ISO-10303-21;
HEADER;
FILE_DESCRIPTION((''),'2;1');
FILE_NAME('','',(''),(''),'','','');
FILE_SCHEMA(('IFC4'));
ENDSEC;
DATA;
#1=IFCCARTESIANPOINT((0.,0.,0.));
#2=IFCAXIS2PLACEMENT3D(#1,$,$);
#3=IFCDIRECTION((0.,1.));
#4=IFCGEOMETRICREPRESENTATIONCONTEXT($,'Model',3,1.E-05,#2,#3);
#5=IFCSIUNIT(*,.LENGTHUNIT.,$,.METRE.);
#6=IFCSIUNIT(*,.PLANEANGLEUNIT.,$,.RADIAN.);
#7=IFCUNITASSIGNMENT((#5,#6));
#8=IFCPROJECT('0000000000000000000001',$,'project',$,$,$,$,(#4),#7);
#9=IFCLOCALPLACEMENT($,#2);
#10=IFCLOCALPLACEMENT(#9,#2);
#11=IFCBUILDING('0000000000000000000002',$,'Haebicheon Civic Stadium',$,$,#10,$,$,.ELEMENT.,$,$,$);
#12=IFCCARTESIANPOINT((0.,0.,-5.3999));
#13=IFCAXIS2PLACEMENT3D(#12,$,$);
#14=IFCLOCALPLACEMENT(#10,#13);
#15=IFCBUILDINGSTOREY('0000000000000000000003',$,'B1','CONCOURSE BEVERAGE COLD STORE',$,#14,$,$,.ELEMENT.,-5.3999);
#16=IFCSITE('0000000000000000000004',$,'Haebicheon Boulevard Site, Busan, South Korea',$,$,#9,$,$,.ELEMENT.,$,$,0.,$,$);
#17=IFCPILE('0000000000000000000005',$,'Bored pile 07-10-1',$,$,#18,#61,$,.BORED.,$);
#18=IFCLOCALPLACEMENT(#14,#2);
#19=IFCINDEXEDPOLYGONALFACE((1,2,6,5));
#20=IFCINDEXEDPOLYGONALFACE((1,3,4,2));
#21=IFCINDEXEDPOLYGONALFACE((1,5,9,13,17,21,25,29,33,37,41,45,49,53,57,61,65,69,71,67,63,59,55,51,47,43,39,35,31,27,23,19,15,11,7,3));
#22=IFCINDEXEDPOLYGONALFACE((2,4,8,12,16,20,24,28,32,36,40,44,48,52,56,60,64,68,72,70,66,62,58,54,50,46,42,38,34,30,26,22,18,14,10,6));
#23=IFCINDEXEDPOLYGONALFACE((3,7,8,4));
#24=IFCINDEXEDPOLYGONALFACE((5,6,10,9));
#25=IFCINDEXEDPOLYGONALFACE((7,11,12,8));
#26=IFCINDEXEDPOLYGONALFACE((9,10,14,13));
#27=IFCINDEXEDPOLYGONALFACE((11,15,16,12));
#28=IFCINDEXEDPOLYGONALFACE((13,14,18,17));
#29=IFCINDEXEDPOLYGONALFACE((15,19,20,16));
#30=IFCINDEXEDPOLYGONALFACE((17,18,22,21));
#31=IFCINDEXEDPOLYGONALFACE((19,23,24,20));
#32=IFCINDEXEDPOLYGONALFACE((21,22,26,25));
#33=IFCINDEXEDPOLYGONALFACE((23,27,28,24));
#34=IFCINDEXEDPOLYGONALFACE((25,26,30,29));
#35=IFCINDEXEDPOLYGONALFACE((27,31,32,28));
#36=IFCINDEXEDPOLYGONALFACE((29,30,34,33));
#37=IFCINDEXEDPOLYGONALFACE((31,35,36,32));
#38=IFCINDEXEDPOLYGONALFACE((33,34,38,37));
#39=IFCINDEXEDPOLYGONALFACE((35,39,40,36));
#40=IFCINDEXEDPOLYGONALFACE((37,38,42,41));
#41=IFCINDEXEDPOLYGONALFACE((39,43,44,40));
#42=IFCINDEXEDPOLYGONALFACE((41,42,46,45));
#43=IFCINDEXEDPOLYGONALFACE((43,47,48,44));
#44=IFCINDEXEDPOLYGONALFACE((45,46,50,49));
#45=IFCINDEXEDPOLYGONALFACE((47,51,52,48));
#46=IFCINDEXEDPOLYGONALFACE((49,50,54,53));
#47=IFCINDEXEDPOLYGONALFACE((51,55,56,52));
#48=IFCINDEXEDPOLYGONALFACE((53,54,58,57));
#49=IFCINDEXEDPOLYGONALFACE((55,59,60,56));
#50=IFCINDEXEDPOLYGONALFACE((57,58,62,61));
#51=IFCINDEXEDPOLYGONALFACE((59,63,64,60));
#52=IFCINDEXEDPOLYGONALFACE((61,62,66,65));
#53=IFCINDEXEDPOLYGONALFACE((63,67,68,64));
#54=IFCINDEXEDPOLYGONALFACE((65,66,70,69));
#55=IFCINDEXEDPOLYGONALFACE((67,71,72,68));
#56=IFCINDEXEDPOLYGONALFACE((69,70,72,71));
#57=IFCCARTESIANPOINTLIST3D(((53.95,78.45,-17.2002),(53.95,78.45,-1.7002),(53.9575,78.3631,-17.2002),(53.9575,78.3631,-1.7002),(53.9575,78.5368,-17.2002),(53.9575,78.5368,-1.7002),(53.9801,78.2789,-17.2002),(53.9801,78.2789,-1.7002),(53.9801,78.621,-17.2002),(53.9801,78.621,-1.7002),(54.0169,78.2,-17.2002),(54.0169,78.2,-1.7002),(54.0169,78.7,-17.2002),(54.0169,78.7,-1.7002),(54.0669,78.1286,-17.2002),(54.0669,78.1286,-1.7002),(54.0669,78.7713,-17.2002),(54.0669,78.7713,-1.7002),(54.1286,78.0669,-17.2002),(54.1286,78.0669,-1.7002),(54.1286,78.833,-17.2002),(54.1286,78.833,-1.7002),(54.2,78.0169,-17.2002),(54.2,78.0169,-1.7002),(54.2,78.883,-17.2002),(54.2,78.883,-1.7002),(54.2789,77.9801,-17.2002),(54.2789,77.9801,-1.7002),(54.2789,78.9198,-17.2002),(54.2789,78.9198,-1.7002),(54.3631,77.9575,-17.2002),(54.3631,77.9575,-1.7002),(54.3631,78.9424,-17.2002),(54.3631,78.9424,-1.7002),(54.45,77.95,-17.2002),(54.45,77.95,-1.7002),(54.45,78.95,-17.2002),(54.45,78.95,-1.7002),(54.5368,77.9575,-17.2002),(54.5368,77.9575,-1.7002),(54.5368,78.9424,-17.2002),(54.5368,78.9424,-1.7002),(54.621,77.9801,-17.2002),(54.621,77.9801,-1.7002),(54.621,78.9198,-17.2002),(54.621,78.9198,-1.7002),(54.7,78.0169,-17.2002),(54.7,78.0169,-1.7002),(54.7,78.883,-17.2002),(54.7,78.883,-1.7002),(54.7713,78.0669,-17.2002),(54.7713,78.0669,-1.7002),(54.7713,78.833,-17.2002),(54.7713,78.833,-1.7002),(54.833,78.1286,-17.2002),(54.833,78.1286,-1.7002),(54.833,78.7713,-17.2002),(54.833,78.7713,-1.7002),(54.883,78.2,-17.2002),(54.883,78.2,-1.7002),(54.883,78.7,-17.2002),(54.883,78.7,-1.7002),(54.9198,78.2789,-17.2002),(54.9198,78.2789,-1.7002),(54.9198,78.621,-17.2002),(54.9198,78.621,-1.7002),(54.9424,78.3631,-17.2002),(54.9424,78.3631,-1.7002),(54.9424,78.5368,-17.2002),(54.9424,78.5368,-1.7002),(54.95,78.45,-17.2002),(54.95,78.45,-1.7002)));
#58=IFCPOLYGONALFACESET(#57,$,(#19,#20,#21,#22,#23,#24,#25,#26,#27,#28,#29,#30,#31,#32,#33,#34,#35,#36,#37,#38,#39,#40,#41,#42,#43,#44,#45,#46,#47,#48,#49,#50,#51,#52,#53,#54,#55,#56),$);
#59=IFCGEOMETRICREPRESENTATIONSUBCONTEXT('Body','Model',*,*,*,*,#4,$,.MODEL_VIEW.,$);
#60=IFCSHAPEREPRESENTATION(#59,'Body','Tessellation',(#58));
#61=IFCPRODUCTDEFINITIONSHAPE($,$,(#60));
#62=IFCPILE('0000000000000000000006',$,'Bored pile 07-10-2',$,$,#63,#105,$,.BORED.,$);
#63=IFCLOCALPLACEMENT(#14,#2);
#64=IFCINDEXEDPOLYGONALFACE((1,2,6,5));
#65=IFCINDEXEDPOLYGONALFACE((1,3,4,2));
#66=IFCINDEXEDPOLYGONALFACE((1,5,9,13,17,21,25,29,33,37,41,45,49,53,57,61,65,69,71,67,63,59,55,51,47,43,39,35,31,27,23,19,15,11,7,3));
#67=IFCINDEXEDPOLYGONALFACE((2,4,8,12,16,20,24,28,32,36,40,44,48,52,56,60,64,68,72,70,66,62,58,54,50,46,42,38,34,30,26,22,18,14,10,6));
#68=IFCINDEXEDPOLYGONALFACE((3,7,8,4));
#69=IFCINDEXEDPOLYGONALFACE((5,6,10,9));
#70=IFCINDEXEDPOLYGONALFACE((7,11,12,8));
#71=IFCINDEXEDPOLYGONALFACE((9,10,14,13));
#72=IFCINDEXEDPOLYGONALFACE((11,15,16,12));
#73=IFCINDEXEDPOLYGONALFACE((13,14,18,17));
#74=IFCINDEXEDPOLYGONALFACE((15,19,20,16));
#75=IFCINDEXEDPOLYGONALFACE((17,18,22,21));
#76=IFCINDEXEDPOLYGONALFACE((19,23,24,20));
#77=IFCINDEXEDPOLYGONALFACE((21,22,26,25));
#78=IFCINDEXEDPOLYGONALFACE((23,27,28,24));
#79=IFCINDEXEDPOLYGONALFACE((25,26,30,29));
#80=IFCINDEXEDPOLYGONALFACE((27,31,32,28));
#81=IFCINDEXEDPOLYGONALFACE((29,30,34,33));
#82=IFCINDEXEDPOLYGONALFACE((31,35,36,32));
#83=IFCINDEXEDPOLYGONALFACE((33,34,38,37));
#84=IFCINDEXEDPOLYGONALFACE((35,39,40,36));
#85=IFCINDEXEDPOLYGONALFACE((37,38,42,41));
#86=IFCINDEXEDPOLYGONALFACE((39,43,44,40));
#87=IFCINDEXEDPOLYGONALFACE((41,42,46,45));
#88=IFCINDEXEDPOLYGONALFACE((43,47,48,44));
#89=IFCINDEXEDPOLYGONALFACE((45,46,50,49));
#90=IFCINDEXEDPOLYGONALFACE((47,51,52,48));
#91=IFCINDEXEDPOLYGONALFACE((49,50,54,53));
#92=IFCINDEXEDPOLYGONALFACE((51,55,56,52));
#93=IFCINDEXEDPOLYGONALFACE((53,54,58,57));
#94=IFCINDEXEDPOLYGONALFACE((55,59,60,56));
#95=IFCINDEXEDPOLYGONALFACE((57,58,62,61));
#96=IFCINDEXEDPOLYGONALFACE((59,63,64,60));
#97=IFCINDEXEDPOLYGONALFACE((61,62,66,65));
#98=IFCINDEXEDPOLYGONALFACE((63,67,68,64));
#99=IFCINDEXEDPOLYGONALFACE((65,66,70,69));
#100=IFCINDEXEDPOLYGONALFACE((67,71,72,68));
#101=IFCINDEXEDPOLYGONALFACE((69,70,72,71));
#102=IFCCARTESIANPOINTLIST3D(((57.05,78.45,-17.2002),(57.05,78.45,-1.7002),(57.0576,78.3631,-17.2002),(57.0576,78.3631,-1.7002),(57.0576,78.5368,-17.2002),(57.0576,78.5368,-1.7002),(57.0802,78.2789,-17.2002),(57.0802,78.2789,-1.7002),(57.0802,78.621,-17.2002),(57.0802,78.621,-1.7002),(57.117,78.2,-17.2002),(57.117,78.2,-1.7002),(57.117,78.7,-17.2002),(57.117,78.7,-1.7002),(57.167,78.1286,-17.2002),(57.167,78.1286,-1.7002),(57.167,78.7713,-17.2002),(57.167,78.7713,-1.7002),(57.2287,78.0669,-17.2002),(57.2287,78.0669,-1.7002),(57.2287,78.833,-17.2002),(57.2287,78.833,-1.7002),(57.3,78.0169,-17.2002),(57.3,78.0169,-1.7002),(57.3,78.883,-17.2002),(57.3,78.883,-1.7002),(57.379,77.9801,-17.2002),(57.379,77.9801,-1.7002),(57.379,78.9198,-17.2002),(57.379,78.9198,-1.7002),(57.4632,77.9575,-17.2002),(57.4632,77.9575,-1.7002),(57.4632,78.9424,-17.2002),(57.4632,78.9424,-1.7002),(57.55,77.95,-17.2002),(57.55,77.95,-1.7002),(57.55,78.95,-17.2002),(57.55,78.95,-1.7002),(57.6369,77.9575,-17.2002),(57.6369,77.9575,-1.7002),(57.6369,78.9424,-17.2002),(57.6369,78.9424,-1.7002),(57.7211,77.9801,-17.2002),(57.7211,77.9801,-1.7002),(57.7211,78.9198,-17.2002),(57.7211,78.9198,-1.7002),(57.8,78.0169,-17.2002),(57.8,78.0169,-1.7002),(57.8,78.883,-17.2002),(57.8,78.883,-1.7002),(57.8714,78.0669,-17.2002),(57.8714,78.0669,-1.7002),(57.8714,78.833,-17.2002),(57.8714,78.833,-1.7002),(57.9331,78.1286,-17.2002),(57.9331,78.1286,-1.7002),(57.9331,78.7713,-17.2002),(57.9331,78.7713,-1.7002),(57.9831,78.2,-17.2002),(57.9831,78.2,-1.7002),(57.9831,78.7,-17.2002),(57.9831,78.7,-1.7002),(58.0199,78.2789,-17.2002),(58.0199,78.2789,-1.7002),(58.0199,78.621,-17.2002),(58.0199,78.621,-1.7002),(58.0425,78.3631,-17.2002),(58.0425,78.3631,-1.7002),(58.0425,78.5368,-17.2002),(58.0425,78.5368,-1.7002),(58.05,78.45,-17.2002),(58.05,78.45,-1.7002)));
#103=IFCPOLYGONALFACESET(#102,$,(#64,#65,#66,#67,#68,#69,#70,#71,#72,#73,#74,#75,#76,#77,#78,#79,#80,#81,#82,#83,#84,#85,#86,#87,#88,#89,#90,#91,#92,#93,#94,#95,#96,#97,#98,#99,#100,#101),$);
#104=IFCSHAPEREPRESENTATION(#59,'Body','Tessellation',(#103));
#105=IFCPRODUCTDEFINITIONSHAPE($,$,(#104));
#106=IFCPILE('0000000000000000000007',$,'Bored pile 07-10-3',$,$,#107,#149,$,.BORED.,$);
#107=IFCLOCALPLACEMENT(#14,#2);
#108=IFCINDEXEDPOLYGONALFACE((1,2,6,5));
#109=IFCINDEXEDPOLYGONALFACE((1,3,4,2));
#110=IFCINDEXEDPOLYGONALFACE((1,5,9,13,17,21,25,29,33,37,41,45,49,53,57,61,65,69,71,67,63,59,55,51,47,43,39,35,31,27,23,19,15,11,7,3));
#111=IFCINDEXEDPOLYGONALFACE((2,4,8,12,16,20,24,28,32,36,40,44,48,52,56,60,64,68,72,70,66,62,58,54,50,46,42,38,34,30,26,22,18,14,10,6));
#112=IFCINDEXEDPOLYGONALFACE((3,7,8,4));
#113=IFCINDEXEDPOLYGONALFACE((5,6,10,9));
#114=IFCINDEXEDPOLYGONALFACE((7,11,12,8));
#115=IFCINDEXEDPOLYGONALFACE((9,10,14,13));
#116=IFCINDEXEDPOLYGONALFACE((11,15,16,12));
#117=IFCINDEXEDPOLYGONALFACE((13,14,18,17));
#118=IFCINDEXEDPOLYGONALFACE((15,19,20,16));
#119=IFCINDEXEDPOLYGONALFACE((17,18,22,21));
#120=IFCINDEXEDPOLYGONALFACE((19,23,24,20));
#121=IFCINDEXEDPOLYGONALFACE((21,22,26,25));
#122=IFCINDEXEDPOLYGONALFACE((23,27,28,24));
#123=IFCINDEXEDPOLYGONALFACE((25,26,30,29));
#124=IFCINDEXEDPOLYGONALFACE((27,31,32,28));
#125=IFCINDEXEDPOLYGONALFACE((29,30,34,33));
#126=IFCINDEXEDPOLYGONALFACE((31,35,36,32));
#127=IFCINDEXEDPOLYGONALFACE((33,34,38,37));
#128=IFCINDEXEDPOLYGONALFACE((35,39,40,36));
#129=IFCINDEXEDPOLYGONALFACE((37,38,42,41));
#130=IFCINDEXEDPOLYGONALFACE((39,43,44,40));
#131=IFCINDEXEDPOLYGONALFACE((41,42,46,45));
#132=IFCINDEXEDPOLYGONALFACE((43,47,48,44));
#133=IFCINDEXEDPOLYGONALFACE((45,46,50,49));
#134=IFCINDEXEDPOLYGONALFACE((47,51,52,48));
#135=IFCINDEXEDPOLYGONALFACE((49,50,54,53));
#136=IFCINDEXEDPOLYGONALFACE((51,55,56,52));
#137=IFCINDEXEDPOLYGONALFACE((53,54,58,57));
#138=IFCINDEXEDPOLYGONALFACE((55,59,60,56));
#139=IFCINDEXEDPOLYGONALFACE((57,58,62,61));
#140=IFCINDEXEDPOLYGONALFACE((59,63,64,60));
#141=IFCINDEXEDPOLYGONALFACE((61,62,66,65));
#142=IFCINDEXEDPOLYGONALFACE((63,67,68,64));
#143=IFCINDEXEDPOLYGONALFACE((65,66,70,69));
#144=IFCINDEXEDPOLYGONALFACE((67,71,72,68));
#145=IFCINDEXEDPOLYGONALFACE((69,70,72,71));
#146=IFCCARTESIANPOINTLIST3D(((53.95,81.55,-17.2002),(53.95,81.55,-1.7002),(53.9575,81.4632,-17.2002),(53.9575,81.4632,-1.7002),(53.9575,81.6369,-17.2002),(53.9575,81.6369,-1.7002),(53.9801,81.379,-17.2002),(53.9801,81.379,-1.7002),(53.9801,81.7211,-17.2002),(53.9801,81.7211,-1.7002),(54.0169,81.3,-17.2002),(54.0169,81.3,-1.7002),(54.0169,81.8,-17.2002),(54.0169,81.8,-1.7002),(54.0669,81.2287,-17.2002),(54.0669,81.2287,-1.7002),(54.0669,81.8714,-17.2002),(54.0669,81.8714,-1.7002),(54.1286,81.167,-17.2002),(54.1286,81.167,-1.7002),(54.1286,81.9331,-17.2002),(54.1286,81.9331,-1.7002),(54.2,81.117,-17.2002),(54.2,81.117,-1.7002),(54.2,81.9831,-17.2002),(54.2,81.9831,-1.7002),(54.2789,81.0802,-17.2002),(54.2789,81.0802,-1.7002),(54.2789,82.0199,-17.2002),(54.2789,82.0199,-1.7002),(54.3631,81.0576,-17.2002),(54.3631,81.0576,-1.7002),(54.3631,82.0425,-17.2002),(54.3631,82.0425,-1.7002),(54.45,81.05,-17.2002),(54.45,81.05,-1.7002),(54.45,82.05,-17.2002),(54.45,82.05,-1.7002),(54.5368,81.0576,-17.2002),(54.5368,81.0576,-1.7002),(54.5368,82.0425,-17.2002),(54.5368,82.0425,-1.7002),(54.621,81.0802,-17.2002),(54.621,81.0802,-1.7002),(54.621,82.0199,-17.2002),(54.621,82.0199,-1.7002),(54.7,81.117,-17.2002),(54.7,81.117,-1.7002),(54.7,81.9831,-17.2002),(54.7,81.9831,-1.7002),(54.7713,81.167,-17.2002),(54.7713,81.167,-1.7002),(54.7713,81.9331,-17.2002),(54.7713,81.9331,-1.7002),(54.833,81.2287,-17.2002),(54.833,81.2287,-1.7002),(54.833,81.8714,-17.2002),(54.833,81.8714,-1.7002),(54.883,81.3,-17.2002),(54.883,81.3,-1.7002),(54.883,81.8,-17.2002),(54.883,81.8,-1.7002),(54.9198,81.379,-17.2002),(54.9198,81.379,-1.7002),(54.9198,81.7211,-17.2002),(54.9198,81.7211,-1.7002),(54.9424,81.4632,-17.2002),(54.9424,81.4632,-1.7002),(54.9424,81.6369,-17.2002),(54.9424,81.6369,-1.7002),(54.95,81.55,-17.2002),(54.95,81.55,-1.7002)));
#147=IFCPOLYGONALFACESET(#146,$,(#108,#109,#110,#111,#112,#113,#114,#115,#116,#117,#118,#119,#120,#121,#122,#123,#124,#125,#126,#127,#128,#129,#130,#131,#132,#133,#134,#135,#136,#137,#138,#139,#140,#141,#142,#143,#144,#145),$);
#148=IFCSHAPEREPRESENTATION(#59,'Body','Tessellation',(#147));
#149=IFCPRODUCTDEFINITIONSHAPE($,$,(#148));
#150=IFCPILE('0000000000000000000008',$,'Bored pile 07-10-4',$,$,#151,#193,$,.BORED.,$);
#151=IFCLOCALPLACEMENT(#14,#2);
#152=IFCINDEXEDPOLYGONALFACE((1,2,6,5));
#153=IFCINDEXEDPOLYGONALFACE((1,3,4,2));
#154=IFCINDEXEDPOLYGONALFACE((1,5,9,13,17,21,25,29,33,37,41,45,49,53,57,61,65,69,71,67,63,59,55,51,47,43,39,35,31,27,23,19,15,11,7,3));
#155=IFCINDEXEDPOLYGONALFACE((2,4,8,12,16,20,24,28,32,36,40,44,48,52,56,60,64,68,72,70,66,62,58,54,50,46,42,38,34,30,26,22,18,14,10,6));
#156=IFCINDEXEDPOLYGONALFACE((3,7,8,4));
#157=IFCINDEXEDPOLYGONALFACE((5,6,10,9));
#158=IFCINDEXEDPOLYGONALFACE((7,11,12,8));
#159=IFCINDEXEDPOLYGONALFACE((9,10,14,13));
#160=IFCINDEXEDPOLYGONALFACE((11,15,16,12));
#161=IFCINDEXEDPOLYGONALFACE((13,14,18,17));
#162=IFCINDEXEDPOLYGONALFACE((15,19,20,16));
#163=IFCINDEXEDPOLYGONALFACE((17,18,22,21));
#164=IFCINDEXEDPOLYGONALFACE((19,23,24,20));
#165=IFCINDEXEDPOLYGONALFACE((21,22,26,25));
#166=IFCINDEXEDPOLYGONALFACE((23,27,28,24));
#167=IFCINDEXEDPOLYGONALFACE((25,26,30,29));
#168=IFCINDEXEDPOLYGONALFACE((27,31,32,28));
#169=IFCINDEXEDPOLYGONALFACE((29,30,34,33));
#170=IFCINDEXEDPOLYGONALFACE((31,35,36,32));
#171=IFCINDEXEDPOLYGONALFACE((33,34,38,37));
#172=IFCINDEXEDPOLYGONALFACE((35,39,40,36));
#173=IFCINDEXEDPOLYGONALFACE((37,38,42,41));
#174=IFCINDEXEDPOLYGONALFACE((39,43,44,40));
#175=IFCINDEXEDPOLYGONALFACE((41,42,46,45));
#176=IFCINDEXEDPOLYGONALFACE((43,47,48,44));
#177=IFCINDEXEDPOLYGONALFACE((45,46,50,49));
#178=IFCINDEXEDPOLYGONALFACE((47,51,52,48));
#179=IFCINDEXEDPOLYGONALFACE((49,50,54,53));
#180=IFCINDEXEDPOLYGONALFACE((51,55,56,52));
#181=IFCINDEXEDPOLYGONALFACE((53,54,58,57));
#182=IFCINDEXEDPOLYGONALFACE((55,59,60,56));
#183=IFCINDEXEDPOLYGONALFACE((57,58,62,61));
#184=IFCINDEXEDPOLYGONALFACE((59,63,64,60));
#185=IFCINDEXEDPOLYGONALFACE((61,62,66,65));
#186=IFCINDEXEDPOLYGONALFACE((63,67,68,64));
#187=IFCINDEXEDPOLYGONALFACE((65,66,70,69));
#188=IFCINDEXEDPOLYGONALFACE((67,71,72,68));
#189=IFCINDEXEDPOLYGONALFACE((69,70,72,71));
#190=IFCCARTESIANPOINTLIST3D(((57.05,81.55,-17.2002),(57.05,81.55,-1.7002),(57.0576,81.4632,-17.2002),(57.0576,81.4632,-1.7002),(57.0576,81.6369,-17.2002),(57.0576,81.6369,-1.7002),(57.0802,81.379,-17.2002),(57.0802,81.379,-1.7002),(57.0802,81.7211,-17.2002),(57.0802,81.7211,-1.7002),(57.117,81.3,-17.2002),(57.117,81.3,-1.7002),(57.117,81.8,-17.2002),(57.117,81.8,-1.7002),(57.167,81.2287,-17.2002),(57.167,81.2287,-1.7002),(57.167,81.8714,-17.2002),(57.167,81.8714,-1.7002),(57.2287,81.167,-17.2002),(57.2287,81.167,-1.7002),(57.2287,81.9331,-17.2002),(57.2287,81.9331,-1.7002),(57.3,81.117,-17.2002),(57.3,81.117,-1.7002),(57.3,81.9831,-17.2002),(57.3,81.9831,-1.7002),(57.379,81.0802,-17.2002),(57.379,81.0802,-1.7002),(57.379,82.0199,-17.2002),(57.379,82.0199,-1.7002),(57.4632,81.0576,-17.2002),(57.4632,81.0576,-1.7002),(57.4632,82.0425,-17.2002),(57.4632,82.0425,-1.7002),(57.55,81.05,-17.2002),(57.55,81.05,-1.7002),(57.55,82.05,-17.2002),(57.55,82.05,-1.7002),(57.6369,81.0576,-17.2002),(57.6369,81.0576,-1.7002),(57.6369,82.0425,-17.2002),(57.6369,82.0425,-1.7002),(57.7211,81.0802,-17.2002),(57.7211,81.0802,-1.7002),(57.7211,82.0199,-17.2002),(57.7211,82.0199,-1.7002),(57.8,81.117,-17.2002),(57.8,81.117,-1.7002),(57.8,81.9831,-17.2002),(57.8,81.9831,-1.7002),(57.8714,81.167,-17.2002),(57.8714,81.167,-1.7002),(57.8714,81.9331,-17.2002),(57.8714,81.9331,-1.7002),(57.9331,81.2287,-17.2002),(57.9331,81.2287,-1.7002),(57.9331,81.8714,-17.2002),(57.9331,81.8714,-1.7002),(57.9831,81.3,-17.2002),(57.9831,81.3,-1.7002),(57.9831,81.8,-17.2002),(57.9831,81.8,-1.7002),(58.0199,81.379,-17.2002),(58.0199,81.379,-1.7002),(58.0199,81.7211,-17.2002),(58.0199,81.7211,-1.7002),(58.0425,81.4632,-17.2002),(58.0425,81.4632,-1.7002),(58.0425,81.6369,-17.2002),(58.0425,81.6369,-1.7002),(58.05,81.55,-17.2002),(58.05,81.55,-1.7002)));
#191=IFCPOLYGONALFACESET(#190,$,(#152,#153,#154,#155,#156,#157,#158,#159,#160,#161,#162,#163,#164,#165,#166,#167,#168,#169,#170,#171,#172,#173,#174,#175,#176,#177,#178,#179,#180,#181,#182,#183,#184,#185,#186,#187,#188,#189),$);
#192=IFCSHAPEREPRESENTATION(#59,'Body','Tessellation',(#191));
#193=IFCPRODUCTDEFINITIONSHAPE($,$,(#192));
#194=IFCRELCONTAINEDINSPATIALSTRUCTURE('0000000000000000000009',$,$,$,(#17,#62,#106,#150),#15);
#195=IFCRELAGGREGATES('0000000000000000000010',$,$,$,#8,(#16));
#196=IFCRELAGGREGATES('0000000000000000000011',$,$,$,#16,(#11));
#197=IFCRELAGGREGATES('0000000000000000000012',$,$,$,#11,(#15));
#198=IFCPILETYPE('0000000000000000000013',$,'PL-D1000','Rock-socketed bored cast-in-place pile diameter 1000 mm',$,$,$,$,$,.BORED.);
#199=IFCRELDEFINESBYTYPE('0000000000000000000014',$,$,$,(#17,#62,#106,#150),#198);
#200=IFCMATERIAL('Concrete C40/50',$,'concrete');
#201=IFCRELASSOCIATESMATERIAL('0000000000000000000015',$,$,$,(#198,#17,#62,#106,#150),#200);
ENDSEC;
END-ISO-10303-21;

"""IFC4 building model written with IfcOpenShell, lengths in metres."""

from ifc_helpers import new_model, si_unit, direction, frame, origin, origin_2d, place, context, subcontext, project, spatial, circle, extrude, material, material_profile, profile_set, type_object, element, save


model = new_model("IFC4")

# Units and contexts
model_context = context("Model", 3, precision=1e-05, world=origin(), true_north=direction((0.0, 1.0)))
body_context = subcontext(model_context, "Body", "Model", "MODEL_VIEW")
ifc_project = project(units=[si_unit("LENGTHUNIT", "METRE"), si_unit("PLANEANGLEUNIT", "RADIAN")], contexts=[model_context])

# Site, building, storey
site_placement = place(None, origin())
site = spatial("IfcSite", under=ifc_project, at=site_placement, Name="Haebicheon Boulevard Site, Busan, South Korea", CompositionType="ELEMENT", RefElevation=0.0)
building_placement = place(site_placement, origin())
building = spatial("IfcBuilding", under=site, at=building_placement, Name="Haebicheon Civic Stadium", CompositionType="ELEMENT")
storey_placement = place(building_placement, frame((0.0, 0.0, -5.3999)))
storey = spatial("IfcBuildingStorey", under=building, at=storey_placement, Name="B1", Description="CONCOURSE BEVERAGE COLD STORE", CompositionType="ELEMENT", Elevation=-5.3999)

# Piles
ifc_material_1 = material(Name="Concrete C40/50", Category="concrete")
ifc_material_profile_1 = material_profile(ifc_material_1, circle(Radius=0.5, at=origin_2d()), Name="PILE-D1000")
ifc_profile_set_1 = profile_set([ifc_material_profile_1], Name="Concrete C40/50")
pile_type = type_object("IfcPileType", Name="PL-D1000", Description="Rock-socketed bored cast-in-place pile diameter 1000 mm", PredefinedType="BORED", material=ifc_profile_set_1)
for number, where, z_axis, x_axis, name in (
    (1, (54.45, 78.45, -1.7002), (0.0, 0.0, -1.0), (1.0, 0.0, 0.0), "Bored pile 07-10-1"),
    (2, (57.55, 78.45, -1.7002), (0.0, 0.0, -1.0), (1.0, 0.0, 0.0), "Bored pile 07-10-2"),
    (3, (54.45, 81.55, -1.7002), (0.0, 0.0, -1.0), (1.0, 0.0, 0.0), "Bored pile 07-10-3"),
    (4, (57.55, 81.55, -1.7002), (0.0, 0.0, -1.0), (1.0, 0.0, 0.0), "Bored pile 07-10-4"),
):
    element("IfcPile", number, at=place(storey_placement, frame(where, z_axis=z_axis, x_axis=x_axis)), inside=storey, type_object=pile_type, material=ifc_profile_set_1, Name=name, PredefinedType="BORED", context=body_context, shape_type="SweptSolid", body=[
        extrude(circle(Radius=0.5, at=origin_2d()), origin(), (0.0, 0.0, 1.0), 15.5),
    ])

save(model, "model.ifc")
